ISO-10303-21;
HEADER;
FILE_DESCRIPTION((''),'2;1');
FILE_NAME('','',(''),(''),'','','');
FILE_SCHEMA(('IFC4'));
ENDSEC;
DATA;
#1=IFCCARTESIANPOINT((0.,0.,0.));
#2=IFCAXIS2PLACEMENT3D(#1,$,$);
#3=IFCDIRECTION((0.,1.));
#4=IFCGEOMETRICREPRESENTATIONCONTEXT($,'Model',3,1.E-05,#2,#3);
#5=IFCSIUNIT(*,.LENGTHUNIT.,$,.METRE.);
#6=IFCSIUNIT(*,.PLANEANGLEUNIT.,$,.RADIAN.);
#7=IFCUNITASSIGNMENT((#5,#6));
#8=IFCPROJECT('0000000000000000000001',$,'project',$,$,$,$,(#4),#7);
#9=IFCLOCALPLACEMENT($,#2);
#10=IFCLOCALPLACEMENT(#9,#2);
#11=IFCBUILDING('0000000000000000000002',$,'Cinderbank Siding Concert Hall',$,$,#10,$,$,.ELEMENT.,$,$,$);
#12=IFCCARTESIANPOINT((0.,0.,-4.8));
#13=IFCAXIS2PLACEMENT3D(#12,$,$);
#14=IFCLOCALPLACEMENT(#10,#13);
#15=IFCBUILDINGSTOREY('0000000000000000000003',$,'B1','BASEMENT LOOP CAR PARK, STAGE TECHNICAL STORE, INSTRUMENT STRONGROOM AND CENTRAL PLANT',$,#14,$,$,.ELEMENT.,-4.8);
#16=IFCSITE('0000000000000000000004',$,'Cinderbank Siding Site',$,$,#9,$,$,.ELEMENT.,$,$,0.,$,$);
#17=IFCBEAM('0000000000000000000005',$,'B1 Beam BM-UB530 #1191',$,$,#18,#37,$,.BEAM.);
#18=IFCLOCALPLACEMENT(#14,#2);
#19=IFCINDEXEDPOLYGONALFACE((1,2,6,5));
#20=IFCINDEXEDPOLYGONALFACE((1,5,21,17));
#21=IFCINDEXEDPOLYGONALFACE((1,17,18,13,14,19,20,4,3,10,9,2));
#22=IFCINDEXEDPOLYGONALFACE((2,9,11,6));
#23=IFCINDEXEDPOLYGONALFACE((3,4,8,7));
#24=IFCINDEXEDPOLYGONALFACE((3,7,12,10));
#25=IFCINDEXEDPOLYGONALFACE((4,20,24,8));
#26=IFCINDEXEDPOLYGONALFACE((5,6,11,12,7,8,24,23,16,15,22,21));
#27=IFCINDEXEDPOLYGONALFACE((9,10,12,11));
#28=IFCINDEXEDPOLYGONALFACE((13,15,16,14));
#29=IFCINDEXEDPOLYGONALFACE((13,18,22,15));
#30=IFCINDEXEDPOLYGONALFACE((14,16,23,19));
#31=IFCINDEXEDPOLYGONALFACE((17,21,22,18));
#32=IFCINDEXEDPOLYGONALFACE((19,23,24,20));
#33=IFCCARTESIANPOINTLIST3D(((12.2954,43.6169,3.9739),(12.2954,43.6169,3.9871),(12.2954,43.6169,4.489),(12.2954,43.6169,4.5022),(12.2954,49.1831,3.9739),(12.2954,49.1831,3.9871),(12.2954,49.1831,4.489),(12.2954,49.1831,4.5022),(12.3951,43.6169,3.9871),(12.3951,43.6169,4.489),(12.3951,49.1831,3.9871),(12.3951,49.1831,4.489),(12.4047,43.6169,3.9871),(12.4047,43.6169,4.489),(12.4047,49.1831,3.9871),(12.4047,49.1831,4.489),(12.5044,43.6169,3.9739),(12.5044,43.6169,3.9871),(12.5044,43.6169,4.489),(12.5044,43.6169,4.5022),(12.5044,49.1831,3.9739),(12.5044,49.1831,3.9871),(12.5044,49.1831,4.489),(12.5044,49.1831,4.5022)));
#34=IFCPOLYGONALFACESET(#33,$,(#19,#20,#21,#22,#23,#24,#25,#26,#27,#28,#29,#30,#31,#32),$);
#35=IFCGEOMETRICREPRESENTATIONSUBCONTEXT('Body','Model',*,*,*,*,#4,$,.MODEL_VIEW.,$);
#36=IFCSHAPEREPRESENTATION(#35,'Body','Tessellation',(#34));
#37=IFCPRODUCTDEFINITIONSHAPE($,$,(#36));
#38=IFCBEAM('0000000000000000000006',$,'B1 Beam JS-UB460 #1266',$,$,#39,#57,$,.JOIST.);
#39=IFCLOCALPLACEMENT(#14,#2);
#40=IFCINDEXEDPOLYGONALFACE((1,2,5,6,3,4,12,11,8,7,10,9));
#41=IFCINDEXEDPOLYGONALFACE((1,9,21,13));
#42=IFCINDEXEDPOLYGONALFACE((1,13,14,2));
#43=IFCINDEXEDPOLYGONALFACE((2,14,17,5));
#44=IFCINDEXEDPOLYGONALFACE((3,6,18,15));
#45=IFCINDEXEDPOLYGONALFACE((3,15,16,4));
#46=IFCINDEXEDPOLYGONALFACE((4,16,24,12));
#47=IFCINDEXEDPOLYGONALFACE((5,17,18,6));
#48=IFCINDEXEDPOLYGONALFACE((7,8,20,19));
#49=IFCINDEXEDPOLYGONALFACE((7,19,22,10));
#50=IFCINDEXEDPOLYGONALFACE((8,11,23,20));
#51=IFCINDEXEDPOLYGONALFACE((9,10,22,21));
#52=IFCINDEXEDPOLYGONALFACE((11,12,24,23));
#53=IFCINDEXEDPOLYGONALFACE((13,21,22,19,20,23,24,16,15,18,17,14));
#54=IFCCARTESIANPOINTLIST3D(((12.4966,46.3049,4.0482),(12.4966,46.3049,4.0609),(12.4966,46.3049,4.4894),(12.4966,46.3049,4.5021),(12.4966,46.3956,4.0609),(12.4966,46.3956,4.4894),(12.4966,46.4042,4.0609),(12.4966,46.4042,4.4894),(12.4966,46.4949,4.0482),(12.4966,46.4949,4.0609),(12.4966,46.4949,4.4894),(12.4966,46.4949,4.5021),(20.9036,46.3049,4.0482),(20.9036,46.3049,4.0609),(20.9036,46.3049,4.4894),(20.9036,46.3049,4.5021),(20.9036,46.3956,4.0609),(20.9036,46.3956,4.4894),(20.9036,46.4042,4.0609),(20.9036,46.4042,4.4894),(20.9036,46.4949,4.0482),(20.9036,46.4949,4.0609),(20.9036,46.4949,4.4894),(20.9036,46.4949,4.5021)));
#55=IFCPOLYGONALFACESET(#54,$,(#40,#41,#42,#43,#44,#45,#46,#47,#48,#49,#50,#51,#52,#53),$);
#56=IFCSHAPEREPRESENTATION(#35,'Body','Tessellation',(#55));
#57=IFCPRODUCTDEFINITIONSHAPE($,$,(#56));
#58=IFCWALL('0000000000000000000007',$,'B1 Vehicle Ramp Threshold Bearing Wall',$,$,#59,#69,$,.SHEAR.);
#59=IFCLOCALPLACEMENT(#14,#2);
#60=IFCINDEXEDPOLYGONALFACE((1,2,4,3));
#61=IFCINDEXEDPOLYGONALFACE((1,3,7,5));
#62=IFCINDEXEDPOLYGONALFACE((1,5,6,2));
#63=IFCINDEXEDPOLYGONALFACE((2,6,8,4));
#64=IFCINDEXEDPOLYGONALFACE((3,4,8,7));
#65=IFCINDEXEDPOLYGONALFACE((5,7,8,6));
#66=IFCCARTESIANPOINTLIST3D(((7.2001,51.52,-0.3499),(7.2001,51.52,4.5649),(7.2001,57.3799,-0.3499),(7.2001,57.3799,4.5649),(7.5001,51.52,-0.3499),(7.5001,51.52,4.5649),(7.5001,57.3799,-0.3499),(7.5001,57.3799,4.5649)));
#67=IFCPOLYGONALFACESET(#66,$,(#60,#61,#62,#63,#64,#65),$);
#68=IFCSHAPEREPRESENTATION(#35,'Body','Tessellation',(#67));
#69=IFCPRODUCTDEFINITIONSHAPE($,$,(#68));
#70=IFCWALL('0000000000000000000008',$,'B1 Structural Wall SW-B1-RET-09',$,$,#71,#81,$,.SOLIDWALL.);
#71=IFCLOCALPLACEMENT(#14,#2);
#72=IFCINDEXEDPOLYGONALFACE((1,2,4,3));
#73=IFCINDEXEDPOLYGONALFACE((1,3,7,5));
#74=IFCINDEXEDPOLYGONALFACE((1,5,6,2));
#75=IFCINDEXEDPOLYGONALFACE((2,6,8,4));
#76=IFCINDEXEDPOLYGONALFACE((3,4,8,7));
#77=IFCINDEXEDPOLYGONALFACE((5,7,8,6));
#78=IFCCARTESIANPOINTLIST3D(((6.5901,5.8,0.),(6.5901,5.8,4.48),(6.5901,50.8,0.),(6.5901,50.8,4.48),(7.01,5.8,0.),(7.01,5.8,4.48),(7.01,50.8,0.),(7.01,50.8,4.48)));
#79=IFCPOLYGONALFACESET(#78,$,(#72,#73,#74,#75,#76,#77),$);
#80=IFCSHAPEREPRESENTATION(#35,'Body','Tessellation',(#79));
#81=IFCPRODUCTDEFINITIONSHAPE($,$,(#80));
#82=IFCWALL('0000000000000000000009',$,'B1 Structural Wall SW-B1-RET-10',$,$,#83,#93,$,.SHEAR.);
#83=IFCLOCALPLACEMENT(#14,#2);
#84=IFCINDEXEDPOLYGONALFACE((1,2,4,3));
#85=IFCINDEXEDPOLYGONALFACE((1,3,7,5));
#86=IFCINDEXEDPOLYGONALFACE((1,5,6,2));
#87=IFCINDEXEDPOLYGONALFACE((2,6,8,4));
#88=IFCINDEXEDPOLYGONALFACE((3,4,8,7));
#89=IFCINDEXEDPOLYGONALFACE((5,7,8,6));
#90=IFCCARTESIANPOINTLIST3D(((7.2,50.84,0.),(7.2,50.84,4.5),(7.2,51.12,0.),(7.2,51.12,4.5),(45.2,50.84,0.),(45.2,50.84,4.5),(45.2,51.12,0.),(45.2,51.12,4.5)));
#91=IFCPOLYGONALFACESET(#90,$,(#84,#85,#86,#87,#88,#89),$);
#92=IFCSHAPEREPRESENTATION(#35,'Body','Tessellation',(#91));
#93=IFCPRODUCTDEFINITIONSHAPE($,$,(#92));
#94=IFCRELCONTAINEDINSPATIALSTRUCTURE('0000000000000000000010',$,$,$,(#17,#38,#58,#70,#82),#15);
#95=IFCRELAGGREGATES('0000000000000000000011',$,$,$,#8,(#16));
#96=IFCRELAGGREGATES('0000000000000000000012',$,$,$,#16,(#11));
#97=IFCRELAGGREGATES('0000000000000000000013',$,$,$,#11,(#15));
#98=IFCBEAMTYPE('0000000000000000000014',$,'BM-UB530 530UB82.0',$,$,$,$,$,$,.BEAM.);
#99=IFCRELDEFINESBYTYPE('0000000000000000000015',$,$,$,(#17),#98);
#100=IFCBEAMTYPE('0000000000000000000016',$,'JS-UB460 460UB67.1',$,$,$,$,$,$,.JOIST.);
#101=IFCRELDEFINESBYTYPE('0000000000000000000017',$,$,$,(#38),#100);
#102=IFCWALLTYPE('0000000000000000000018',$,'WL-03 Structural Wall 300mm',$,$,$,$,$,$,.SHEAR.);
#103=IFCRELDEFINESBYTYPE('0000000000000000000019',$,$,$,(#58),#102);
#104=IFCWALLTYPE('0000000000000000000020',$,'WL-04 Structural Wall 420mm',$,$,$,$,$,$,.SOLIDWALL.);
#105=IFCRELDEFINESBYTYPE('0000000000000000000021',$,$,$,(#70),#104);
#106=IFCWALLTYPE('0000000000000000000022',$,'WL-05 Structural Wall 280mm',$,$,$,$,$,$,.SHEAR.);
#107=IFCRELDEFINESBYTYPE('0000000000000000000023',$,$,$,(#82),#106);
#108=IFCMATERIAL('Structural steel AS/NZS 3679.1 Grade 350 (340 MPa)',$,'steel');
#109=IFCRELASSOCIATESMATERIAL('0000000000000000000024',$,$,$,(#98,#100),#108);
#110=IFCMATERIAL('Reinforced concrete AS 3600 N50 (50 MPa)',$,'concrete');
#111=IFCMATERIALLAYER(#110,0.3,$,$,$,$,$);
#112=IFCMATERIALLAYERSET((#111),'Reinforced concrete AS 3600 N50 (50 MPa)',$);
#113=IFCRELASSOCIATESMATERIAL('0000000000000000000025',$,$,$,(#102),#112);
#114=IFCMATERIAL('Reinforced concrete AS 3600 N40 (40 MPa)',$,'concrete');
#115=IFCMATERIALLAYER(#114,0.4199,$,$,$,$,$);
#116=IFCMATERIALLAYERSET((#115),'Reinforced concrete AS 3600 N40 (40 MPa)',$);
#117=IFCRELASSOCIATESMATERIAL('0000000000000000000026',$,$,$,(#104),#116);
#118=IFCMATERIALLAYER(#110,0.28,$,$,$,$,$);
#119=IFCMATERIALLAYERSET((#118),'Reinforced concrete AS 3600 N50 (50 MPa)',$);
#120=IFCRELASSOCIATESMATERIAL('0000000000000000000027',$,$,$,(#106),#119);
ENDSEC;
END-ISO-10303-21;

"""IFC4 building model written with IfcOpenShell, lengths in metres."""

from ifc_helpers import new_model, si_unit, direction, frame, frame_2d, origin, origin_2d, place, context, subcontext, project, spatial, rectangle, i_section, extrude, material, layer, layer_set, material_profile, profile_set, type_object, element, save


model = new_model("IFC4")

# Units and contexts
model_context = context("Model", 3, precision=1e-05, world=origin(), true_north=direction((0.0, 1.0)))
body_context = subcontext(model_context, "Body", "Model", "MODEL_VIEW")
ifc_project = project(units=[si_unit("LENGTHUNIT", "METRE"), si_unit("PLANEANGLEUNIT", "RADIAN")], contexts=[model_context])

# Site, building, storey
site_placement = place(None, origin())
site = spatial("IfcSite", under=ifc_project, at=site_placement, Name="Cinderbank Siding Site", CompositionType="ELEMENT", RefElevation=0.0)
building_placement = place(site_placement, origin())
building = spatial("IfcBuilding", under=site, at=building_placement, Name="Cinderbank Siding Concert Hall", CompositionType="ELEMENT")
storey_placement = place(building_placement, frame((0.0, 0.0, -4.8)))
storey = spatial("IfcBuildingStorey", under=building, at=storey_placement, Name="B1", Description="BASEMENT LOOP CAR PARK, STAGE TECHNICAL STORE, INSTRUMENT STRONGROOM AND CENTRAL PLANT", CompositionType="ELEMENT", Elevation=-4.8)

# Shared definitions
ifc_material_1 = material(Name="Reinforced concrete AS 3600 N40 (40 MPa)", Category="concrete")

# Shared definitions
ifc_material_2 = material(Name="Reinforced concrete AS 3600 N50 (50 MPa)", Category="concrete")

# Beams
ifc_material_3 = material(Name="Structural steel AS/NZS 3679.1 Grade 350 (340 MPa)", Category="steel")
ifc_material_profile_1 = material_profile(ifc_material_3, i_section(OverallWidth=0.209, OverallDepth=0.5283, WebThickness=0.0095, FlangeThickness=0.0132, at=origin_2d()), Name="530UB82.0", Category="LoadBearing")
ifc_profile_set_1 = profile_set([ifc_material_profile_1], Name="Structural steel AS/NZS 3679.1 Grade 350 (340 MPa)")
beam_type_1 = type_object("IfcBeamType", Name="BM-UB530 530UB82.0", PredefinedType="BEAM", material=ifc_profile_set_1)
beam_1_placement = place(storey_placement, frame((12.3999, 43.6169, 4.238), z_axis=(0.0, 1.0, 0.0), x_axis=(-1.0, 0.0, 0.0)))
element("IfcBeam", 1, at=beam_1_placement, inside=storey, type_object=beam_type_1, Name="B1 Beam BM-UB530 #1191", PredefinedType="BEAM", context=body_context, shape_type="SweptSolid", body=[
    extrude(i_section(OverallWidth=0.209, OverallDepth=0.5283, WebThickness=0.0095, FlangeThickness=0.0132, at=origin_2d()), origin(), (0.0, 0.0, 1.0), 5.5662),
])
ifc_material_profile_2 = material_profile(ifc_material_3, i_section(OverallWidth=0.1899, OverallDepth=0.4539, WebThickness=0.0085, FlangeThickness=0.0127, at=origin_2d()), Name="460UB67.1", Category="LoadBearing")
ifc_profile_set_2 = profile_set([ifc_material_profile_2], Name="Structural steel AS/NZS 3679.1 Grade 350 (340 MPa)")
beam_type_2 = type_object("IfcBeamType", Name="JS-UB460 460UB67.1", PredefinedType="JOIST", material=ifc_profile_set_2)
beam_2_placement = place(storey_placement, frame((12.4966, 46.3999, 4.2751), z_axis=(1.0, 0.0, 0.0), x_axis=(0.0, 1.0, 0.0)))
element("IfcBeam", 2, at=beam_2_placement, inside=storey, type_object=beam_type_2, Name="B1 Beam JS-UB460 #1266", PredefinedType="JOIST", context=body_context, shape_type="SweptSolid", body=[
    extrude(i_section(OverallWidth=0.1899, OverallDepth=0.4539, WebThickness=0.0085, FlangeThickness=0.0127, at=origin_2d()), origin(), (0.0, 0.0, 1.0), 8.407),
])

# Walls
ifc_layer_1 = layer(ifc_material_2, 0.3)
ifc_layer_set_1 = layer_set([ifc_layer_1], Name="Reinforced concrete AS 3600 N50 (50 MPa)")
wall_type_1 = type_object("IfcWallType", Name="WL-03 Structural Wall 300mm", PredefinedType="SHEAR", material=ifc_layer_set_1)
wall_1_placement = place(storey_placement, frame((7.3501, 51.52, -0.3499), z_axis=(0.0, 0.0, 1.0), x_axis=(0.0, 1.0, 0.0)))
element("IfcWall", 3, at=wall_1_placement, inside=storey, type_object=wall_type_1, Name="B1 Vehicle Ramp Threshold Bearing Wall", PredefinedType="SHEAR", context=body_context, shape_type="SweptSolid", body=[
    extrude(rectangle(XDim=5.8599, YDim=0.3, at=frame_2d((2.9299, 0.0))), origin(), (0.0, 0.0, 1.0), 4.9148),
])
ifc_layer_2 = layer(ifc_material_1, 0.4199)
ifc_layer_set_2 = layer_set([ifc_layer_2], Name="Reinforced concrete AS 3600 N40 (40 MPa)")
wall_type_2 = type_object("IfcWallType", Name="WL-04 Structural Wall 420mm", PredefinedType="SOLIDWALL", material=ifc_layer_set_2)
wall_2_placement = place(storey_placement, frame((6.8, 50.8, 0.0), z_axis=(0.0, 0.0, 1.0), x_axis=(0.0, -1.0, 0.0)))
element("IfcWall", 4, at=wall_2_placement, inside=storey, type_object=wall_type_2, Name="B1 Structural Wall SW-B1-RET-09", PredefinedType="SOLIDWALL", context=body_context, shape_type="SweptSolid", body=[
    extrude(rectangle(XDim=45.0, YDim=0.4199, at=frame_2d((22.5, 0.0))), origin(), (0.0, 0.0, 1.0), 4.48),
])
ifc_layer_3 = layer(ifc_material_2, 0.28)
ifc_layer_set_3 = layer_set([ifc_layer_3], Name="Reinforced concrete AS 3600 N50 (50 MPa)")
wall_type_3 = type_object("IfcWallType", Name="WL-05 Structural Wall 280mm", PredefinedType="SHEAR", material=ifc_layer_set_3)
wall_3_placement = place(storey_placement, frame((7.2, 50.98, 0.0), z_axis=(0.0, 0.0, 1.0), x_axis=(1.0, 0.0, 0.0)))
element("IfcWall", 5, at=wall_3_placement, inside=storey, type_object=wall_type_3, Name="B1 Structural Wall SW-B1-RET-10", PredefinedType="SHEAR", context=body_context, shape_type="SweptSolid", body=[
    extrude(rectangle(XDim=38.0, YDim=0.28, at=frame_2d((19.0, 0.0))), origin(), (0.0, 0.0, 1.0), 4.5),
])

save(model, "model.ifc")
